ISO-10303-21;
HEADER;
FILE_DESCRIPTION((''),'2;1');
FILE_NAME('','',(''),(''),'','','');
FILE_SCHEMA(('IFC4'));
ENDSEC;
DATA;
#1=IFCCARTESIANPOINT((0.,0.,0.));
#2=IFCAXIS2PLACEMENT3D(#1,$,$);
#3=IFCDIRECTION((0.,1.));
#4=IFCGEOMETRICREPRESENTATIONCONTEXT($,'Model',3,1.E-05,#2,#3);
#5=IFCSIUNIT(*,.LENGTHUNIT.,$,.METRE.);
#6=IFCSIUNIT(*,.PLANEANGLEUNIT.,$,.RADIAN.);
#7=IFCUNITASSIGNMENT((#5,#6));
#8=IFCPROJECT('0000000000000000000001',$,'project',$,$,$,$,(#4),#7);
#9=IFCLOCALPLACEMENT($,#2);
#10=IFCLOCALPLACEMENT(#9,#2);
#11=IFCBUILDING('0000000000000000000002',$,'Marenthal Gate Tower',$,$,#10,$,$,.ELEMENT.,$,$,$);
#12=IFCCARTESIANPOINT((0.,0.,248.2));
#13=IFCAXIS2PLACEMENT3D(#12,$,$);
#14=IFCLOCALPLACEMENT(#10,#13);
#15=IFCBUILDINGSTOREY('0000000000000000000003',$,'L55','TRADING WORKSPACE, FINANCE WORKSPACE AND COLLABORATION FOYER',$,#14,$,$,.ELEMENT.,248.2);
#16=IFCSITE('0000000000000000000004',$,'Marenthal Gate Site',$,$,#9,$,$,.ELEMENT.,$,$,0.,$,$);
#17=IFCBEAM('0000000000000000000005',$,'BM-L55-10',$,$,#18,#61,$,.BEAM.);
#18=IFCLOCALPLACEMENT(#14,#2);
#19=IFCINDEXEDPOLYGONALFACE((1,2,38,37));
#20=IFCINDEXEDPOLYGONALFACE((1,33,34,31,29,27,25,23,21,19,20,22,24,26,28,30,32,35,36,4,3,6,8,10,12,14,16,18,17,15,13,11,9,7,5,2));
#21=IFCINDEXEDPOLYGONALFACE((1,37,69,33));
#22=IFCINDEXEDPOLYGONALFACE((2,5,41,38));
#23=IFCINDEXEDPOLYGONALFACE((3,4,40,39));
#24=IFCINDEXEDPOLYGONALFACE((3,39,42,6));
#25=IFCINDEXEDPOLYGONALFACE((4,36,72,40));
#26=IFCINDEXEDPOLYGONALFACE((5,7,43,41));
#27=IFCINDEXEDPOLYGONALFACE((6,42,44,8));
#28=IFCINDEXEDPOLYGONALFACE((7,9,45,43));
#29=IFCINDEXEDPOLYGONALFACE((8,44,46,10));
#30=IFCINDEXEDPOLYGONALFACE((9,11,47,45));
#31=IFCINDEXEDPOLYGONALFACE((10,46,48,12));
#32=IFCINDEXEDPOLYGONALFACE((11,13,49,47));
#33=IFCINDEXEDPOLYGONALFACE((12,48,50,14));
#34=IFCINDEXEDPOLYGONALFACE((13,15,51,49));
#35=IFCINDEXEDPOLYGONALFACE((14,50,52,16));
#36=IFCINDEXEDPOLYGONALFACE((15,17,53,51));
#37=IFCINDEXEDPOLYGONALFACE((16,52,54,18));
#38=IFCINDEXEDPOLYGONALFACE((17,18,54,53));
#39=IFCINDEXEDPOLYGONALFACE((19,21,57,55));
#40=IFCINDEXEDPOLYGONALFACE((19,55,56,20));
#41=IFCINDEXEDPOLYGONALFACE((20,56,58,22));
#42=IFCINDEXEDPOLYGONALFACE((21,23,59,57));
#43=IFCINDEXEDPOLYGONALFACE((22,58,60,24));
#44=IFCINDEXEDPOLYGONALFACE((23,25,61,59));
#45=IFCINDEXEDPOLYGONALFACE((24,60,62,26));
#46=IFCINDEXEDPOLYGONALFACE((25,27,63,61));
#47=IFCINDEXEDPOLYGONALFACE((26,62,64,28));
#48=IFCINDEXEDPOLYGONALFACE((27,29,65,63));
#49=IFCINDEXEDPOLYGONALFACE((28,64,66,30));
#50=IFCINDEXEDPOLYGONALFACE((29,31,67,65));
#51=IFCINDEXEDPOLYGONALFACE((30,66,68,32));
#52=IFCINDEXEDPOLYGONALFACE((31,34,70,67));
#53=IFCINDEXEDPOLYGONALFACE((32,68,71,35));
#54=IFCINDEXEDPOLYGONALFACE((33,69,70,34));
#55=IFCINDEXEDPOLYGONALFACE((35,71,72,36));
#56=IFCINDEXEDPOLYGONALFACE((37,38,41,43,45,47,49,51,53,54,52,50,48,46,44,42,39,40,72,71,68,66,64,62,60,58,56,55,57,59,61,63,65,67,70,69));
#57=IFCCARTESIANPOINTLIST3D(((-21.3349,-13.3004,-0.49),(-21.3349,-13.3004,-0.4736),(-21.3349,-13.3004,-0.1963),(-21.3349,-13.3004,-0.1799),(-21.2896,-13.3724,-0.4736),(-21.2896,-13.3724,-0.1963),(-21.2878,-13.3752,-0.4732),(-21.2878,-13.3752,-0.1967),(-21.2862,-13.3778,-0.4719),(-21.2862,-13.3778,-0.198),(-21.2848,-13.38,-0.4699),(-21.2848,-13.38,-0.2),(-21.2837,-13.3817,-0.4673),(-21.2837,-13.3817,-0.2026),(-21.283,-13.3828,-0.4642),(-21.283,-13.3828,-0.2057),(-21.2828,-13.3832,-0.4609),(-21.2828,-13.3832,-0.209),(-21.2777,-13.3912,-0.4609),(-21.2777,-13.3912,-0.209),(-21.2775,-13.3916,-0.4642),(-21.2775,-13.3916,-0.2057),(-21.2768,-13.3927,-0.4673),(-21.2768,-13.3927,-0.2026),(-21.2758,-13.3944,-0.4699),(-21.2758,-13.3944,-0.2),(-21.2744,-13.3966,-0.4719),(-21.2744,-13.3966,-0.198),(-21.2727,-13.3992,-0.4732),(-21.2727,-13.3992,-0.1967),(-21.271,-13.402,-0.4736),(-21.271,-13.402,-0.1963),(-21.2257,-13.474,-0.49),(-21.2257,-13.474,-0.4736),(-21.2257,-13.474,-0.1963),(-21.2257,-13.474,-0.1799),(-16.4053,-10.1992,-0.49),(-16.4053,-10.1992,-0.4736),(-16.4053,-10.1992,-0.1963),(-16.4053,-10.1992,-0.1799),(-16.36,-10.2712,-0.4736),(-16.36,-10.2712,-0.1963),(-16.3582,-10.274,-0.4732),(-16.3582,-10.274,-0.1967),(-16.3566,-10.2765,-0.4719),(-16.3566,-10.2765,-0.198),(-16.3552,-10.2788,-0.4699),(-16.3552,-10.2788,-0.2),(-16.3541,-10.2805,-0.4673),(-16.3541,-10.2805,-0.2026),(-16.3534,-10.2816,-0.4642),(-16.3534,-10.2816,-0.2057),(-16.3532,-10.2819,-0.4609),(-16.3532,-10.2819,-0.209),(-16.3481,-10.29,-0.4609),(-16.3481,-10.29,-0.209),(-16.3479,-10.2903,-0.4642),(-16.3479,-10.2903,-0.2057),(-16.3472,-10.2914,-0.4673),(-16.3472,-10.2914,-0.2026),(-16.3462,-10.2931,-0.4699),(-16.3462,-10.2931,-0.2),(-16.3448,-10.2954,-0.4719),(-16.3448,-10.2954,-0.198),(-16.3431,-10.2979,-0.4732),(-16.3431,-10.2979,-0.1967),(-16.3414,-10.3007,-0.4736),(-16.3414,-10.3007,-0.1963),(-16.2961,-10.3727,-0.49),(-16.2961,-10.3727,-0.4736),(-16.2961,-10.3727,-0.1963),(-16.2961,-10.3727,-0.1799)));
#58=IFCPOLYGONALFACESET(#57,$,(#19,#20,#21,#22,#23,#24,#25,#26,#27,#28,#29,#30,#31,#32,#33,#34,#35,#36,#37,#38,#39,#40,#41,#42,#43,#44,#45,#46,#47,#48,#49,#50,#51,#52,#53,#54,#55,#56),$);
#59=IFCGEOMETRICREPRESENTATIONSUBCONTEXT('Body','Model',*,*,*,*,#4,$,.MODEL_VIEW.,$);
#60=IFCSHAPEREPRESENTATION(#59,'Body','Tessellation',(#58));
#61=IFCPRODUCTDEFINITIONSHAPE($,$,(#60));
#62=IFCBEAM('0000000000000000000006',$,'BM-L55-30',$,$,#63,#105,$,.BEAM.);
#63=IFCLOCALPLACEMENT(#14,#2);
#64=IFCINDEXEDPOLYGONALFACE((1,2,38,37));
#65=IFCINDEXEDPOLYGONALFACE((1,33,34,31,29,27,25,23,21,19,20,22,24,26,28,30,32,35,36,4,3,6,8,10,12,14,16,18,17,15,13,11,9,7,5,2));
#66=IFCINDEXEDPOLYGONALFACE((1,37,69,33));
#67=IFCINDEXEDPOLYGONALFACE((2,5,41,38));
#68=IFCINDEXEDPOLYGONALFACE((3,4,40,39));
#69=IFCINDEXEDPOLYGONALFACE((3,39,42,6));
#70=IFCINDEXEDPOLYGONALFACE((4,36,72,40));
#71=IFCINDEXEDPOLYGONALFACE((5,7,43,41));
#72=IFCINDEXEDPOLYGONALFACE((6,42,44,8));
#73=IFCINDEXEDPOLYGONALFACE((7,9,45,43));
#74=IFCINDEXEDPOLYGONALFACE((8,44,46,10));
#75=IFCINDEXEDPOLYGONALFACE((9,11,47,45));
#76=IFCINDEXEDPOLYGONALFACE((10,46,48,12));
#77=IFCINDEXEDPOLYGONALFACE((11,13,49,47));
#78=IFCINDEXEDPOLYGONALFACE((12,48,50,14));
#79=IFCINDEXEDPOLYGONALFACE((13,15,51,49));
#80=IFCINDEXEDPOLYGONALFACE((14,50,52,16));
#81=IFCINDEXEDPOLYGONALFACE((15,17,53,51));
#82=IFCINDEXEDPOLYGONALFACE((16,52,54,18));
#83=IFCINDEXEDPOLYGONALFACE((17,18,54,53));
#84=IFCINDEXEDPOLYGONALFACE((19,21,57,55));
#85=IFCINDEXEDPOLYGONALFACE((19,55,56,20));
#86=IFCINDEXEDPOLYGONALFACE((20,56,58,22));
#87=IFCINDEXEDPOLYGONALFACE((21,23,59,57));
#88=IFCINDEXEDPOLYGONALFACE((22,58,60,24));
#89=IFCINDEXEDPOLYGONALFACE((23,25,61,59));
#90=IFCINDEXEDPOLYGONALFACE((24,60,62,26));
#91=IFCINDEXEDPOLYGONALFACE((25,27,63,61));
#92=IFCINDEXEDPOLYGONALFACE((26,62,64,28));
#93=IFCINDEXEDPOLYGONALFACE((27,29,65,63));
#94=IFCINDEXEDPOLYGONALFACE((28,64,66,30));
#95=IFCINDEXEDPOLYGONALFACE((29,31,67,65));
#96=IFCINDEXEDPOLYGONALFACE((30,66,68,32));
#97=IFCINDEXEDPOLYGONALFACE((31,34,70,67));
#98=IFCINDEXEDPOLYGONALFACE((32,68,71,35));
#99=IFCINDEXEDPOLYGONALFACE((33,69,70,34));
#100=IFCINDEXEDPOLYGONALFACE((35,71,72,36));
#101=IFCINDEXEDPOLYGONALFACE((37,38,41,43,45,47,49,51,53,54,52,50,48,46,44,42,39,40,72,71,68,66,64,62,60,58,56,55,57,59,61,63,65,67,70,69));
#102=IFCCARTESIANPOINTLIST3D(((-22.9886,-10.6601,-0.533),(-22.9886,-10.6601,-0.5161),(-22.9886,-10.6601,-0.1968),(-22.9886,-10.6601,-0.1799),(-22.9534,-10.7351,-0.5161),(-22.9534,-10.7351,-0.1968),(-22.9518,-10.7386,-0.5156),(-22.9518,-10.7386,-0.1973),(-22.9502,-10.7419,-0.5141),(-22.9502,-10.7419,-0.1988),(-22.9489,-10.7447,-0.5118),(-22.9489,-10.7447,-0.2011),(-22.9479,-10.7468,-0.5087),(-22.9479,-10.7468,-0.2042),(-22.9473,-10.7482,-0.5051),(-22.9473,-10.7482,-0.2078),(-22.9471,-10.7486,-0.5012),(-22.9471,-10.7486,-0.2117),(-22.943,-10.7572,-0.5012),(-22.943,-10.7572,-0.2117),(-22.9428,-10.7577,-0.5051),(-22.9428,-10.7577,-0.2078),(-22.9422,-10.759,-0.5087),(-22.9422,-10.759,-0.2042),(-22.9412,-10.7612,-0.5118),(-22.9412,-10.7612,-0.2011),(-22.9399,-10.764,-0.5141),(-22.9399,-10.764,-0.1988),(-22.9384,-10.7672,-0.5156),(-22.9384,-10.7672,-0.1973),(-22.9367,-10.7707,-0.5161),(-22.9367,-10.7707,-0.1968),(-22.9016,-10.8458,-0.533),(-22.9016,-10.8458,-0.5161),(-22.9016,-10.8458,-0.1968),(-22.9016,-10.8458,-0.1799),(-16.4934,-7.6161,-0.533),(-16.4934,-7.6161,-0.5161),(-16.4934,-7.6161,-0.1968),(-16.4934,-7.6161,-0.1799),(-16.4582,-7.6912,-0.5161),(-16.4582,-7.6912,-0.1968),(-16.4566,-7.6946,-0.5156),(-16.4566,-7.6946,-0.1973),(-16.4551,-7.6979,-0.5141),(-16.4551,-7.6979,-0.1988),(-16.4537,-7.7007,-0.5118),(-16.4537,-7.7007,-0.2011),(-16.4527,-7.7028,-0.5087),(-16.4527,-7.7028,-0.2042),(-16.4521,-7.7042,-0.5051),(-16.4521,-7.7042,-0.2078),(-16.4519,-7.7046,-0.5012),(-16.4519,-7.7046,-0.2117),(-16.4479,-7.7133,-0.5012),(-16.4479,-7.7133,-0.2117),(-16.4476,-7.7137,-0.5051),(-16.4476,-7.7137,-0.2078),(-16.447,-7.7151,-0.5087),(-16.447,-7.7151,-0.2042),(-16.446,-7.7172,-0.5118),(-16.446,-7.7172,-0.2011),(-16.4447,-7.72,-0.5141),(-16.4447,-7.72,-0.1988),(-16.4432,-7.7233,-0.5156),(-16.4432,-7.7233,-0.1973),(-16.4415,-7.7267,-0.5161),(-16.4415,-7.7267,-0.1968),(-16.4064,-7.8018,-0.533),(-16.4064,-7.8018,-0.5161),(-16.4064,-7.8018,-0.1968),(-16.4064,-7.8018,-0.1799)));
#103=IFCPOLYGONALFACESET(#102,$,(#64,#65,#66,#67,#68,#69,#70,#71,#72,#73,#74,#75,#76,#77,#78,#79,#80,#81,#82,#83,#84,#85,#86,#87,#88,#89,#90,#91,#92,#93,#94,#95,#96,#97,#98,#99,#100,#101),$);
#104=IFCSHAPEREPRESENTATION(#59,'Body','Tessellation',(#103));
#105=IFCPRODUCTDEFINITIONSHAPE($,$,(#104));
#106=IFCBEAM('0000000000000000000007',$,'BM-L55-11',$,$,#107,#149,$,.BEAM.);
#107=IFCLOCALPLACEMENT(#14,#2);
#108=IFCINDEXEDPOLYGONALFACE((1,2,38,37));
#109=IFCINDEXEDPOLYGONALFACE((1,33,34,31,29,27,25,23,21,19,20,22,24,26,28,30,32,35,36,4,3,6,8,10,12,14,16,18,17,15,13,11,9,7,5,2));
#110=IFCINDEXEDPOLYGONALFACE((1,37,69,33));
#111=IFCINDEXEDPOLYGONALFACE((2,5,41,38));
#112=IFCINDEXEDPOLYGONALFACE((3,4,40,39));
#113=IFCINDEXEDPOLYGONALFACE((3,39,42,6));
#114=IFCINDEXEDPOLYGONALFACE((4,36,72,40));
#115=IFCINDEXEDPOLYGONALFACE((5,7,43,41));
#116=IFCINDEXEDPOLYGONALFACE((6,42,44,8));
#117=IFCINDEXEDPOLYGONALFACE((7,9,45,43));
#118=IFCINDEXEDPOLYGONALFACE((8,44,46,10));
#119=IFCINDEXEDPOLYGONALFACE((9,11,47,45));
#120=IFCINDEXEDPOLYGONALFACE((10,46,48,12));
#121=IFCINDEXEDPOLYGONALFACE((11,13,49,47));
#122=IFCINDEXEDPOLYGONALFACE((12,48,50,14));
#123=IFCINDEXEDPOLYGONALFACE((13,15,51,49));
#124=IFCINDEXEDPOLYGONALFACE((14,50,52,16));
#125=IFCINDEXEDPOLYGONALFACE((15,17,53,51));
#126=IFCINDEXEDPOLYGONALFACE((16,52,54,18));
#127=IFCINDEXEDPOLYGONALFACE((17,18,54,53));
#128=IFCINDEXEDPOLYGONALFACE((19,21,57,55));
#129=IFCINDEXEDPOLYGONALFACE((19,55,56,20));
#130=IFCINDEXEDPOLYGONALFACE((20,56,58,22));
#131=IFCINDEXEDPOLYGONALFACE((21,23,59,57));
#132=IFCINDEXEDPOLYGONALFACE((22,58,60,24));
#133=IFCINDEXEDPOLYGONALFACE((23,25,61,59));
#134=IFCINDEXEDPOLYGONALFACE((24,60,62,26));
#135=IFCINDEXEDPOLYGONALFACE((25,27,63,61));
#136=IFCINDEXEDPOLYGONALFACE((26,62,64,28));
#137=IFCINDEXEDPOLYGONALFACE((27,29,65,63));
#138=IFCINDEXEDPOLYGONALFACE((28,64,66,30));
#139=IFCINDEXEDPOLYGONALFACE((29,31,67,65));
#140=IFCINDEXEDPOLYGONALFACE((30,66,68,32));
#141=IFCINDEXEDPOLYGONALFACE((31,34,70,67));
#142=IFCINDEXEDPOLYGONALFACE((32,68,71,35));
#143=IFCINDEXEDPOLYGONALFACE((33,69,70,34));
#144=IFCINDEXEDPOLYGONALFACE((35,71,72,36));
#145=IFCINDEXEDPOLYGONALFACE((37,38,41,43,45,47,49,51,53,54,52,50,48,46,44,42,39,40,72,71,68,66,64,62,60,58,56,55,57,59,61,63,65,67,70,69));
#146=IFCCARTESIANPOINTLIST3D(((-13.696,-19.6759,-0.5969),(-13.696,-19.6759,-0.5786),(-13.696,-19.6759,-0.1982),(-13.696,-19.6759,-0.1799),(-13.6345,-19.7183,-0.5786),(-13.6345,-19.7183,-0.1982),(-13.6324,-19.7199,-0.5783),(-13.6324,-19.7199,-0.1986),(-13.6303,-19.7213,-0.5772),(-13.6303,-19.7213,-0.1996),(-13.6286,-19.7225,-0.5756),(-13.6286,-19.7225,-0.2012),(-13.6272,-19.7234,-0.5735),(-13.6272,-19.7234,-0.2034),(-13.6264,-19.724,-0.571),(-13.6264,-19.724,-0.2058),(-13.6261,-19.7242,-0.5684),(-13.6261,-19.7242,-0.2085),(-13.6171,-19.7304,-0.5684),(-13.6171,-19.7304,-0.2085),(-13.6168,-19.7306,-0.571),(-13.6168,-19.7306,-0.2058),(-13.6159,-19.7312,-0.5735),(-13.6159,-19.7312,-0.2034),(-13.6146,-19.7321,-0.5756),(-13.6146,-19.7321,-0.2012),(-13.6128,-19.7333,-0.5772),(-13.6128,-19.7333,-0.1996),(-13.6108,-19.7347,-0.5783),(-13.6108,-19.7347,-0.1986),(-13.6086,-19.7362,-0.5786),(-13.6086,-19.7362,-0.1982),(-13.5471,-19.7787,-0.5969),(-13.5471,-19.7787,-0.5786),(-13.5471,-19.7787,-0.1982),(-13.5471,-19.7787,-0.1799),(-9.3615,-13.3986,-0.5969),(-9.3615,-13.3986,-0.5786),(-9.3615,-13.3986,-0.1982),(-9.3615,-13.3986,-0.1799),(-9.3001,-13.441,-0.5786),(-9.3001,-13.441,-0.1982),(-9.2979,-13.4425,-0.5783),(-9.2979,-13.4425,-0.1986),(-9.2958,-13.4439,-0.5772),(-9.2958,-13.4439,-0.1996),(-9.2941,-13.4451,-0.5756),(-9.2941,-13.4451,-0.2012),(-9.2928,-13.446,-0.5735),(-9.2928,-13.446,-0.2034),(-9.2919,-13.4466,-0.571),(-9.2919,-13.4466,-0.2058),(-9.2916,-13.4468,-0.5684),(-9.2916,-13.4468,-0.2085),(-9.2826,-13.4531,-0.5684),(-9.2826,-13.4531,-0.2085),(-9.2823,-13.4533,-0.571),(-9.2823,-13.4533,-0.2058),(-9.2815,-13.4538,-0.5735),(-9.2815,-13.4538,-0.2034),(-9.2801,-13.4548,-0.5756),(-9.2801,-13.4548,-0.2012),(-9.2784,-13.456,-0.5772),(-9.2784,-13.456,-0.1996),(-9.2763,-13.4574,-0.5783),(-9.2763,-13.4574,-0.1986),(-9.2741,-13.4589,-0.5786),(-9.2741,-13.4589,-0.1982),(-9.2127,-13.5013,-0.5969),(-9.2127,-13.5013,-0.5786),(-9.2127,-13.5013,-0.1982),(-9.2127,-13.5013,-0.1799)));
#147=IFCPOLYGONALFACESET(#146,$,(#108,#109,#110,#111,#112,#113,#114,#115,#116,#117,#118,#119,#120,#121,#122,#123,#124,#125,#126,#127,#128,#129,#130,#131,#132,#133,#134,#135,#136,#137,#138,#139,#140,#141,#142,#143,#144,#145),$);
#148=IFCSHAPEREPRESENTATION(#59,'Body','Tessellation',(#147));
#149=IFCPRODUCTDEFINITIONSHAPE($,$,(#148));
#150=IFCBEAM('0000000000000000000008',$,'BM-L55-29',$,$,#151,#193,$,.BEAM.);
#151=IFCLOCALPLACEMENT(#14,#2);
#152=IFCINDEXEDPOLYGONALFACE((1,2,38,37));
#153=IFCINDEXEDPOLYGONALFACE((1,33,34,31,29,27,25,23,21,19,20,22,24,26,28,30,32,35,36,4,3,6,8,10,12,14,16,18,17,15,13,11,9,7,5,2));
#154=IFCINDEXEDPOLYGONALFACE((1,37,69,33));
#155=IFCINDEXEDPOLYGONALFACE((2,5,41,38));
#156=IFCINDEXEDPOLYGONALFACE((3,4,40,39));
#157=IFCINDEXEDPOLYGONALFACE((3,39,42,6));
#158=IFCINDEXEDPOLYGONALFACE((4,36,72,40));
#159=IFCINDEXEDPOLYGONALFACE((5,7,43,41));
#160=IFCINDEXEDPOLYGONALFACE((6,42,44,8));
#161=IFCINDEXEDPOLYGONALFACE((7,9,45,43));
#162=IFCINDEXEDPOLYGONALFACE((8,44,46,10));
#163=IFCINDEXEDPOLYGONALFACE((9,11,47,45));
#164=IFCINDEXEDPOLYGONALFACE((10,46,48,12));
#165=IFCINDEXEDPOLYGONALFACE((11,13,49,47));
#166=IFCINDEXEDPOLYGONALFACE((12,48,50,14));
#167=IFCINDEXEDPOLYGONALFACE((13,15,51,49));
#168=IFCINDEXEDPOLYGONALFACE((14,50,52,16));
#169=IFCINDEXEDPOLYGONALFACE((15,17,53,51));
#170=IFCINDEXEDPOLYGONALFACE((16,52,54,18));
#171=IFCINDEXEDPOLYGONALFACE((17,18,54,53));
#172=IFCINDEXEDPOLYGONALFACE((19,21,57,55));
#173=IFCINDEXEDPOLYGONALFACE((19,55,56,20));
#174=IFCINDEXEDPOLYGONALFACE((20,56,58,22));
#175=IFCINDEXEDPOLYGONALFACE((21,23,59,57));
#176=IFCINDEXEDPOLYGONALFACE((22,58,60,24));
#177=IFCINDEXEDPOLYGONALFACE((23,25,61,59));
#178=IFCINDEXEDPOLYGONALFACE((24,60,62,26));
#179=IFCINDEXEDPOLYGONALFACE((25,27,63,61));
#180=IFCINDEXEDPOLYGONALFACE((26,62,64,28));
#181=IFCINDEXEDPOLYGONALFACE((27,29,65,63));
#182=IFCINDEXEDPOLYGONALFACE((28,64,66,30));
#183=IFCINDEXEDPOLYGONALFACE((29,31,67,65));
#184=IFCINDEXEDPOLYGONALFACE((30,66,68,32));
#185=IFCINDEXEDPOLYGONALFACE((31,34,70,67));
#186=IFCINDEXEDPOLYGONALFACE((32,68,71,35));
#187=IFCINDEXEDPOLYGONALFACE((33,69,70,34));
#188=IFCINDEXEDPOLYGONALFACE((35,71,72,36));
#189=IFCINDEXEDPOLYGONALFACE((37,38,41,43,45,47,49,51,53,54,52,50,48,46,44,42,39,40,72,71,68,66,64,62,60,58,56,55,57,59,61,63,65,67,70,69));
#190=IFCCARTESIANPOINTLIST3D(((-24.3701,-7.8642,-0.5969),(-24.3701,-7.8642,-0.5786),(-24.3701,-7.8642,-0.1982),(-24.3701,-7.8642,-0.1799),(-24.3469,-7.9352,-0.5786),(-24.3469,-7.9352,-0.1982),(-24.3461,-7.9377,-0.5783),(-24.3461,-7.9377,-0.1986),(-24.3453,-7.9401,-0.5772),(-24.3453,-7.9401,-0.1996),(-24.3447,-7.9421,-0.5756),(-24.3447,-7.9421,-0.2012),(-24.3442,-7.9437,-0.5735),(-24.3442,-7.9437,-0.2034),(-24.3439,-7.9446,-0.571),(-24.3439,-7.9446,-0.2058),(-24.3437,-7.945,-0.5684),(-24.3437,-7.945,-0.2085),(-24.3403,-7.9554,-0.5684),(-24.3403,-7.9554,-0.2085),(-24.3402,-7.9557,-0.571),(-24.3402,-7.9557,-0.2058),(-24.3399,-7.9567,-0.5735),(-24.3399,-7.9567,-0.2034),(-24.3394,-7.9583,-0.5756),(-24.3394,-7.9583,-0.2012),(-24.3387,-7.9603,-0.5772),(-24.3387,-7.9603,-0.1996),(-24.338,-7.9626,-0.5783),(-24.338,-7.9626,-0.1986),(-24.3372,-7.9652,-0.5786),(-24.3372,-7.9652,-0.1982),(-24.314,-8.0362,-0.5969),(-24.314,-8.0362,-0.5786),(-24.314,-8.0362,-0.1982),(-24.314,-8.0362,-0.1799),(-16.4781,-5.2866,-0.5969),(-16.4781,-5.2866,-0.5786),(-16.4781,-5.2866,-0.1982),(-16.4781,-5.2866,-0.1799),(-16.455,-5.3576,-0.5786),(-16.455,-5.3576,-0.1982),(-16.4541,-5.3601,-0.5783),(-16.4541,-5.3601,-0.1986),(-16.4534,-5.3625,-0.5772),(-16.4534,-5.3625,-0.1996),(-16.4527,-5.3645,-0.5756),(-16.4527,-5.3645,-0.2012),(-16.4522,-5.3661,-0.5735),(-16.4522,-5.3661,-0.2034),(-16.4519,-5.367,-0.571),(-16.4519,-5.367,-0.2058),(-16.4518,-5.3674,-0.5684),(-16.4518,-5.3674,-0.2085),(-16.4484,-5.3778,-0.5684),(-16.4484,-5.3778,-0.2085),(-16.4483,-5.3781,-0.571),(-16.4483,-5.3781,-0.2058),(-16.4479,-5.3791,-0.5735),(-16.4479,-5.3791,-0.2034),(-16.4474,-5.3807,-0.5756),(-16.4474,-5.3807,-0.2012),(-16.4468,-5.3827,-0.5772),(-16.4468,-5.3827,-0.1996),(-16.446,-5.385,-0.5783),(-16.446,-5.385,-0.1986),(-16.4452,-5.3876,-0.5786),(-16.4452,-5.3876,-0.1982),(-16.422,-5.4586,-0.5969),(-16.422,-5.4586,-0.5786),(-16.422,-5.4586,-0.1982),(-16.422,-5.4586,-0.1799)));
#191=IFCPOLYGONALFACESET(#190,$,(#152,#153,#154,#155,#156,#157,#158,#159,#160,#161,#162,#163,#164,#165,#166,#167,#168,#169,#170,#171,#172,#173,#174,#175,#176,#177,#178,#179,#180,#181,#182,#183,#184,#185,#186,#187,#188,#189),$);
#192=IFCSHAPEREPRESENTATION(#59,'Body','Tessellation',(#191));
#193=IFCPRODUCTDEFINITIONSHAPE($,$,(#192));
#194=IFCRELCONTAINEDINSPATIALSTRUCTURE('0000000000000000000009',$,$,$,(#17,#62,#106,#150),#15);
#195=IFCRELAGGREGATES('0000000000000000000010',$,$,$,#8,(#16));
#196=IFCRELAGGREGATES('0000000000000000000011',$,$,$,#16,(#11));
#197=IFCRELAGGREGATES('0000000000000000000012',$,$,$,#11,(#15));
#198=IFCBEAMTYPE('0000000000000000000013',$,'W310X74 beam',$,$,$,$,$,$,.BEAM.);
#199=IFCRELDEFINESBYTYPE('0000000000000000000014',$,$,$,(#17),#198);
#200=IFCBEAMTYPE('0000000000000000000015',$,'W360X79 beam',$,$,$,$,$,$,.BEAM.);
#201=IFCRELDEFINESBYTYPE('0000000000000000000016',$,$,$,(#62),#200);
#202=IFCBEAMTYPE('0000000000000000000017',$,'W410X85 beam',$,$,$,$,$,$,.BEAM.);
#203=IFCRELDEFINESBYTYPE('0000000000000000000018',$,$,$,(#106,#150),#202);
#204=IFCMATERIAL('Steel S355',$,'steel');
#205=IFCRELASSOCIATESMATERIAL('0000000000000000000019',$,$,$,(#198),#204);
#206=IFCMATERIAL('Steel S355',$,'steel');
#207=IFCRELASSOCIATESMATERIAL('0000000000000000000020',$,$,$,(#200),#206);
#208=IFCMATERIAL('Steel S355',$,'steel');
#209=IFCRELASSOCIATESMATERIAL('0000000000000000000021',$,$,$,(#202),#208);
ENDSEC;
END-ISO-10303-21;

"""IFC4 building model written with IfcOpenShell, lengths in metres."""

from ifc_helpers import new_model, si_unit, direction, frame, origin, origin_2d, place, context, subcontext, project, spatial, i_section, extrude, material, material_profile, profile_set, type_object, element, save


model = new_model("IFC4")

# Units and contexts
model_context = context("Model", 3, precision=1e-05, world=origin(), true_north=direction((0.0, 1.0)))
body_context = subcontext(model_context, "Body", "Model", "MODEL_VIEW")
ifc_project = project(units=[si_unit("LENGTHUNIT", "METRE"), si_unit("PLANEANGLEUNIT", "RADIAN")], contexts=[model_context])

# Site, building, storey
site_placement = place(None, origin())
site = spatial("IfcSite", under=ifc_project, at=site_placement, Name="Marenthal Gate Site", CompositionType="ELEMENT", RefElevation=0.0)
building_placement = place(site_placement, origin())
building = spatial("IfcBuilding", under=site, at=building_placement, Name="Marenthal Gate Tower", CompositionType="ELEMENT")
storey_placement = place(building_placement, frame((0.0, 0.0, 248.2)))
storey = spatial("IfcBuildingStorey", under=building, at=storey_placement, Name="L55", Description="TRADING WORKSPACE, FINANCE WORKSPACE AND COLLABORATION FOYER", CompositionType="ELEMENT", Elevation=248.2)

# Beams
ifc_material_1 = material(Name="Steel S355", Category="steel")
ifc_material_profile_1 = material_profile(ifc_material_1, i_section(OverallWidth=0.2051, OverallDepth=0.3101, WebThickness=0.0095, FlangeThickness=0.0164, FilletRadius=0.0127, at=origin_2d()), Name="W310X74")
ifc_profile_set_1 = profile_set([ifc_material_profile_1], Name="Steel S355")
beam_type_1 = type_object("IfcBeamType", Name="W310X74 beam", PredefinedType="BEAM", material=ifc_profile_set_1)
beam_1_placement = place(storey_placement, frame((-21.2803, -13.3872, -0.335), z_axis=(0.846431, 0.532499, 0.0), x_axis=(-0.532499, 0.846431, 0.0)))
element("IfcBeam", 1, at=beam_1_placement, inside=storey, type_object=beam_type_1, Name="BM-L55-10", PredefinedType="BEAM", context=body_context, shape_type="SweptSolid", body=[
    extrude(i_section(OverallWidth=0.2051, OverallDepth=0.3101, WebThickness=0.0095, FlangeThickness=0.0164, FilletRadius=0.0127, at=origin_2d()), origin(), (0.0, 0.0, 1.0), 5.824),
])
ifc_material_2 = material(Name="Steel S355", Category="steel")
ifc_material_profile_2 = material_profile(ifc_material_2, i_section(OverallWidth=0.2051, OverallDepth=0.353, WebThickness=0.0095, FlangeThickness=0.0168, FilletRadius=0.0149, at=origin_2d()), Name="W360X79")
ifc_profile_set_2 = profile_set([ifc_material_profile_2], Name="Steel S355")
beam_type_2 = type_object("IfcBeamType", Name="W360X79 beam", PredefinedType="BEAM", material=ifc_profile_set_2)
beam_2_placement = place(storey_placement, frame((-22.9451, -10.7529, -0.3564), z_axis=(0.905493, 0.424361, 0.0), x_axis=(-0.424361, 0.905493, 0.0)))
element("IfcBeam", 2, at=beam_2_placement, inside=storey, type_object=beam_type_2, Name="BM-L55-30", PredefinedType="BEAM", context=body_context, shape_type="SweptSolid", body=[
    extrude(i_section(OverallWidth=0.2051, OverallDepth=0.353, WebThickness=0.0095, FlangeThickness=0.0168, FilletRadius=0.0149, at=origin_2d()), origin(), (0.0, 0.0, 1.0), 7.1731),
])
ifc_material_3 = material(Name="Steel S355", Category="steel")
ifc_material_profile_3 = material_profile(ifc_material_3, i_section(OverallWidth=0.1809, OverallDepth=0.417, WebThickness=0.011, FlangeThickness=0.0183, FilletRadius=0.0103, at=origin_2d()), Name="W410X85")
ifc_profile_set_3 = profile_set([ifc_material_profile_3], Name="Steel S355")
beam_type_3 = type_object("IfcBeamType", Name="W410X85 beam", PredefinedType="BEAM", material=ifc_profile_set_3)
beam_3_placement = place(storey_placement, frame((-13.6216, -19.7273, -0.3884), z_axis=(0.568201, 0.82289, 0.0), x_axis=(-0.82289, 0.568201, 0.0)))
element("IfcBeam", 3, at=beam_3_placement, inside=storey, type_object=beam_type_3, Name="BM-L55-11", PredefinedType="BEAM", context=body_context, shape_type="SweptSolid", body=[
    extrude(i_section(OverallWidth=0.1809, OverallDepth=0.417, WebThickness=0.011, FlangeThickness=0.0183, FilletRadius=0.0103, at=origin_2d()), origin(), (0.0, 0.0, 1.0), 7.6284),
])
beam_4_placement = place(storey_placement, frame((-24.342, -7.9502, -0.3884), z_axis=(0.950583, 0.31047, 0.0), x_axis=(-0.31047, 0.950583, 0.0)))
element("IfcBeam", 4, at=beam_4_placement, inside=storey, type_object=beam_type_3, Name="BM-L55-29", PredefinedType="BEAM", context=body_context, shape_type="SweptSolid", body=[
    extrude(i_section(OverallWidth=0.1809, OverallDepth=0.417, WebThickness=0.011, FlangeThickness=0.0183, FilletRadius=0.0103, at=origin_2d()), origin(), (0.0, 0.0, 1.0), 8.3022),
])

save(model, "model.ifc")
